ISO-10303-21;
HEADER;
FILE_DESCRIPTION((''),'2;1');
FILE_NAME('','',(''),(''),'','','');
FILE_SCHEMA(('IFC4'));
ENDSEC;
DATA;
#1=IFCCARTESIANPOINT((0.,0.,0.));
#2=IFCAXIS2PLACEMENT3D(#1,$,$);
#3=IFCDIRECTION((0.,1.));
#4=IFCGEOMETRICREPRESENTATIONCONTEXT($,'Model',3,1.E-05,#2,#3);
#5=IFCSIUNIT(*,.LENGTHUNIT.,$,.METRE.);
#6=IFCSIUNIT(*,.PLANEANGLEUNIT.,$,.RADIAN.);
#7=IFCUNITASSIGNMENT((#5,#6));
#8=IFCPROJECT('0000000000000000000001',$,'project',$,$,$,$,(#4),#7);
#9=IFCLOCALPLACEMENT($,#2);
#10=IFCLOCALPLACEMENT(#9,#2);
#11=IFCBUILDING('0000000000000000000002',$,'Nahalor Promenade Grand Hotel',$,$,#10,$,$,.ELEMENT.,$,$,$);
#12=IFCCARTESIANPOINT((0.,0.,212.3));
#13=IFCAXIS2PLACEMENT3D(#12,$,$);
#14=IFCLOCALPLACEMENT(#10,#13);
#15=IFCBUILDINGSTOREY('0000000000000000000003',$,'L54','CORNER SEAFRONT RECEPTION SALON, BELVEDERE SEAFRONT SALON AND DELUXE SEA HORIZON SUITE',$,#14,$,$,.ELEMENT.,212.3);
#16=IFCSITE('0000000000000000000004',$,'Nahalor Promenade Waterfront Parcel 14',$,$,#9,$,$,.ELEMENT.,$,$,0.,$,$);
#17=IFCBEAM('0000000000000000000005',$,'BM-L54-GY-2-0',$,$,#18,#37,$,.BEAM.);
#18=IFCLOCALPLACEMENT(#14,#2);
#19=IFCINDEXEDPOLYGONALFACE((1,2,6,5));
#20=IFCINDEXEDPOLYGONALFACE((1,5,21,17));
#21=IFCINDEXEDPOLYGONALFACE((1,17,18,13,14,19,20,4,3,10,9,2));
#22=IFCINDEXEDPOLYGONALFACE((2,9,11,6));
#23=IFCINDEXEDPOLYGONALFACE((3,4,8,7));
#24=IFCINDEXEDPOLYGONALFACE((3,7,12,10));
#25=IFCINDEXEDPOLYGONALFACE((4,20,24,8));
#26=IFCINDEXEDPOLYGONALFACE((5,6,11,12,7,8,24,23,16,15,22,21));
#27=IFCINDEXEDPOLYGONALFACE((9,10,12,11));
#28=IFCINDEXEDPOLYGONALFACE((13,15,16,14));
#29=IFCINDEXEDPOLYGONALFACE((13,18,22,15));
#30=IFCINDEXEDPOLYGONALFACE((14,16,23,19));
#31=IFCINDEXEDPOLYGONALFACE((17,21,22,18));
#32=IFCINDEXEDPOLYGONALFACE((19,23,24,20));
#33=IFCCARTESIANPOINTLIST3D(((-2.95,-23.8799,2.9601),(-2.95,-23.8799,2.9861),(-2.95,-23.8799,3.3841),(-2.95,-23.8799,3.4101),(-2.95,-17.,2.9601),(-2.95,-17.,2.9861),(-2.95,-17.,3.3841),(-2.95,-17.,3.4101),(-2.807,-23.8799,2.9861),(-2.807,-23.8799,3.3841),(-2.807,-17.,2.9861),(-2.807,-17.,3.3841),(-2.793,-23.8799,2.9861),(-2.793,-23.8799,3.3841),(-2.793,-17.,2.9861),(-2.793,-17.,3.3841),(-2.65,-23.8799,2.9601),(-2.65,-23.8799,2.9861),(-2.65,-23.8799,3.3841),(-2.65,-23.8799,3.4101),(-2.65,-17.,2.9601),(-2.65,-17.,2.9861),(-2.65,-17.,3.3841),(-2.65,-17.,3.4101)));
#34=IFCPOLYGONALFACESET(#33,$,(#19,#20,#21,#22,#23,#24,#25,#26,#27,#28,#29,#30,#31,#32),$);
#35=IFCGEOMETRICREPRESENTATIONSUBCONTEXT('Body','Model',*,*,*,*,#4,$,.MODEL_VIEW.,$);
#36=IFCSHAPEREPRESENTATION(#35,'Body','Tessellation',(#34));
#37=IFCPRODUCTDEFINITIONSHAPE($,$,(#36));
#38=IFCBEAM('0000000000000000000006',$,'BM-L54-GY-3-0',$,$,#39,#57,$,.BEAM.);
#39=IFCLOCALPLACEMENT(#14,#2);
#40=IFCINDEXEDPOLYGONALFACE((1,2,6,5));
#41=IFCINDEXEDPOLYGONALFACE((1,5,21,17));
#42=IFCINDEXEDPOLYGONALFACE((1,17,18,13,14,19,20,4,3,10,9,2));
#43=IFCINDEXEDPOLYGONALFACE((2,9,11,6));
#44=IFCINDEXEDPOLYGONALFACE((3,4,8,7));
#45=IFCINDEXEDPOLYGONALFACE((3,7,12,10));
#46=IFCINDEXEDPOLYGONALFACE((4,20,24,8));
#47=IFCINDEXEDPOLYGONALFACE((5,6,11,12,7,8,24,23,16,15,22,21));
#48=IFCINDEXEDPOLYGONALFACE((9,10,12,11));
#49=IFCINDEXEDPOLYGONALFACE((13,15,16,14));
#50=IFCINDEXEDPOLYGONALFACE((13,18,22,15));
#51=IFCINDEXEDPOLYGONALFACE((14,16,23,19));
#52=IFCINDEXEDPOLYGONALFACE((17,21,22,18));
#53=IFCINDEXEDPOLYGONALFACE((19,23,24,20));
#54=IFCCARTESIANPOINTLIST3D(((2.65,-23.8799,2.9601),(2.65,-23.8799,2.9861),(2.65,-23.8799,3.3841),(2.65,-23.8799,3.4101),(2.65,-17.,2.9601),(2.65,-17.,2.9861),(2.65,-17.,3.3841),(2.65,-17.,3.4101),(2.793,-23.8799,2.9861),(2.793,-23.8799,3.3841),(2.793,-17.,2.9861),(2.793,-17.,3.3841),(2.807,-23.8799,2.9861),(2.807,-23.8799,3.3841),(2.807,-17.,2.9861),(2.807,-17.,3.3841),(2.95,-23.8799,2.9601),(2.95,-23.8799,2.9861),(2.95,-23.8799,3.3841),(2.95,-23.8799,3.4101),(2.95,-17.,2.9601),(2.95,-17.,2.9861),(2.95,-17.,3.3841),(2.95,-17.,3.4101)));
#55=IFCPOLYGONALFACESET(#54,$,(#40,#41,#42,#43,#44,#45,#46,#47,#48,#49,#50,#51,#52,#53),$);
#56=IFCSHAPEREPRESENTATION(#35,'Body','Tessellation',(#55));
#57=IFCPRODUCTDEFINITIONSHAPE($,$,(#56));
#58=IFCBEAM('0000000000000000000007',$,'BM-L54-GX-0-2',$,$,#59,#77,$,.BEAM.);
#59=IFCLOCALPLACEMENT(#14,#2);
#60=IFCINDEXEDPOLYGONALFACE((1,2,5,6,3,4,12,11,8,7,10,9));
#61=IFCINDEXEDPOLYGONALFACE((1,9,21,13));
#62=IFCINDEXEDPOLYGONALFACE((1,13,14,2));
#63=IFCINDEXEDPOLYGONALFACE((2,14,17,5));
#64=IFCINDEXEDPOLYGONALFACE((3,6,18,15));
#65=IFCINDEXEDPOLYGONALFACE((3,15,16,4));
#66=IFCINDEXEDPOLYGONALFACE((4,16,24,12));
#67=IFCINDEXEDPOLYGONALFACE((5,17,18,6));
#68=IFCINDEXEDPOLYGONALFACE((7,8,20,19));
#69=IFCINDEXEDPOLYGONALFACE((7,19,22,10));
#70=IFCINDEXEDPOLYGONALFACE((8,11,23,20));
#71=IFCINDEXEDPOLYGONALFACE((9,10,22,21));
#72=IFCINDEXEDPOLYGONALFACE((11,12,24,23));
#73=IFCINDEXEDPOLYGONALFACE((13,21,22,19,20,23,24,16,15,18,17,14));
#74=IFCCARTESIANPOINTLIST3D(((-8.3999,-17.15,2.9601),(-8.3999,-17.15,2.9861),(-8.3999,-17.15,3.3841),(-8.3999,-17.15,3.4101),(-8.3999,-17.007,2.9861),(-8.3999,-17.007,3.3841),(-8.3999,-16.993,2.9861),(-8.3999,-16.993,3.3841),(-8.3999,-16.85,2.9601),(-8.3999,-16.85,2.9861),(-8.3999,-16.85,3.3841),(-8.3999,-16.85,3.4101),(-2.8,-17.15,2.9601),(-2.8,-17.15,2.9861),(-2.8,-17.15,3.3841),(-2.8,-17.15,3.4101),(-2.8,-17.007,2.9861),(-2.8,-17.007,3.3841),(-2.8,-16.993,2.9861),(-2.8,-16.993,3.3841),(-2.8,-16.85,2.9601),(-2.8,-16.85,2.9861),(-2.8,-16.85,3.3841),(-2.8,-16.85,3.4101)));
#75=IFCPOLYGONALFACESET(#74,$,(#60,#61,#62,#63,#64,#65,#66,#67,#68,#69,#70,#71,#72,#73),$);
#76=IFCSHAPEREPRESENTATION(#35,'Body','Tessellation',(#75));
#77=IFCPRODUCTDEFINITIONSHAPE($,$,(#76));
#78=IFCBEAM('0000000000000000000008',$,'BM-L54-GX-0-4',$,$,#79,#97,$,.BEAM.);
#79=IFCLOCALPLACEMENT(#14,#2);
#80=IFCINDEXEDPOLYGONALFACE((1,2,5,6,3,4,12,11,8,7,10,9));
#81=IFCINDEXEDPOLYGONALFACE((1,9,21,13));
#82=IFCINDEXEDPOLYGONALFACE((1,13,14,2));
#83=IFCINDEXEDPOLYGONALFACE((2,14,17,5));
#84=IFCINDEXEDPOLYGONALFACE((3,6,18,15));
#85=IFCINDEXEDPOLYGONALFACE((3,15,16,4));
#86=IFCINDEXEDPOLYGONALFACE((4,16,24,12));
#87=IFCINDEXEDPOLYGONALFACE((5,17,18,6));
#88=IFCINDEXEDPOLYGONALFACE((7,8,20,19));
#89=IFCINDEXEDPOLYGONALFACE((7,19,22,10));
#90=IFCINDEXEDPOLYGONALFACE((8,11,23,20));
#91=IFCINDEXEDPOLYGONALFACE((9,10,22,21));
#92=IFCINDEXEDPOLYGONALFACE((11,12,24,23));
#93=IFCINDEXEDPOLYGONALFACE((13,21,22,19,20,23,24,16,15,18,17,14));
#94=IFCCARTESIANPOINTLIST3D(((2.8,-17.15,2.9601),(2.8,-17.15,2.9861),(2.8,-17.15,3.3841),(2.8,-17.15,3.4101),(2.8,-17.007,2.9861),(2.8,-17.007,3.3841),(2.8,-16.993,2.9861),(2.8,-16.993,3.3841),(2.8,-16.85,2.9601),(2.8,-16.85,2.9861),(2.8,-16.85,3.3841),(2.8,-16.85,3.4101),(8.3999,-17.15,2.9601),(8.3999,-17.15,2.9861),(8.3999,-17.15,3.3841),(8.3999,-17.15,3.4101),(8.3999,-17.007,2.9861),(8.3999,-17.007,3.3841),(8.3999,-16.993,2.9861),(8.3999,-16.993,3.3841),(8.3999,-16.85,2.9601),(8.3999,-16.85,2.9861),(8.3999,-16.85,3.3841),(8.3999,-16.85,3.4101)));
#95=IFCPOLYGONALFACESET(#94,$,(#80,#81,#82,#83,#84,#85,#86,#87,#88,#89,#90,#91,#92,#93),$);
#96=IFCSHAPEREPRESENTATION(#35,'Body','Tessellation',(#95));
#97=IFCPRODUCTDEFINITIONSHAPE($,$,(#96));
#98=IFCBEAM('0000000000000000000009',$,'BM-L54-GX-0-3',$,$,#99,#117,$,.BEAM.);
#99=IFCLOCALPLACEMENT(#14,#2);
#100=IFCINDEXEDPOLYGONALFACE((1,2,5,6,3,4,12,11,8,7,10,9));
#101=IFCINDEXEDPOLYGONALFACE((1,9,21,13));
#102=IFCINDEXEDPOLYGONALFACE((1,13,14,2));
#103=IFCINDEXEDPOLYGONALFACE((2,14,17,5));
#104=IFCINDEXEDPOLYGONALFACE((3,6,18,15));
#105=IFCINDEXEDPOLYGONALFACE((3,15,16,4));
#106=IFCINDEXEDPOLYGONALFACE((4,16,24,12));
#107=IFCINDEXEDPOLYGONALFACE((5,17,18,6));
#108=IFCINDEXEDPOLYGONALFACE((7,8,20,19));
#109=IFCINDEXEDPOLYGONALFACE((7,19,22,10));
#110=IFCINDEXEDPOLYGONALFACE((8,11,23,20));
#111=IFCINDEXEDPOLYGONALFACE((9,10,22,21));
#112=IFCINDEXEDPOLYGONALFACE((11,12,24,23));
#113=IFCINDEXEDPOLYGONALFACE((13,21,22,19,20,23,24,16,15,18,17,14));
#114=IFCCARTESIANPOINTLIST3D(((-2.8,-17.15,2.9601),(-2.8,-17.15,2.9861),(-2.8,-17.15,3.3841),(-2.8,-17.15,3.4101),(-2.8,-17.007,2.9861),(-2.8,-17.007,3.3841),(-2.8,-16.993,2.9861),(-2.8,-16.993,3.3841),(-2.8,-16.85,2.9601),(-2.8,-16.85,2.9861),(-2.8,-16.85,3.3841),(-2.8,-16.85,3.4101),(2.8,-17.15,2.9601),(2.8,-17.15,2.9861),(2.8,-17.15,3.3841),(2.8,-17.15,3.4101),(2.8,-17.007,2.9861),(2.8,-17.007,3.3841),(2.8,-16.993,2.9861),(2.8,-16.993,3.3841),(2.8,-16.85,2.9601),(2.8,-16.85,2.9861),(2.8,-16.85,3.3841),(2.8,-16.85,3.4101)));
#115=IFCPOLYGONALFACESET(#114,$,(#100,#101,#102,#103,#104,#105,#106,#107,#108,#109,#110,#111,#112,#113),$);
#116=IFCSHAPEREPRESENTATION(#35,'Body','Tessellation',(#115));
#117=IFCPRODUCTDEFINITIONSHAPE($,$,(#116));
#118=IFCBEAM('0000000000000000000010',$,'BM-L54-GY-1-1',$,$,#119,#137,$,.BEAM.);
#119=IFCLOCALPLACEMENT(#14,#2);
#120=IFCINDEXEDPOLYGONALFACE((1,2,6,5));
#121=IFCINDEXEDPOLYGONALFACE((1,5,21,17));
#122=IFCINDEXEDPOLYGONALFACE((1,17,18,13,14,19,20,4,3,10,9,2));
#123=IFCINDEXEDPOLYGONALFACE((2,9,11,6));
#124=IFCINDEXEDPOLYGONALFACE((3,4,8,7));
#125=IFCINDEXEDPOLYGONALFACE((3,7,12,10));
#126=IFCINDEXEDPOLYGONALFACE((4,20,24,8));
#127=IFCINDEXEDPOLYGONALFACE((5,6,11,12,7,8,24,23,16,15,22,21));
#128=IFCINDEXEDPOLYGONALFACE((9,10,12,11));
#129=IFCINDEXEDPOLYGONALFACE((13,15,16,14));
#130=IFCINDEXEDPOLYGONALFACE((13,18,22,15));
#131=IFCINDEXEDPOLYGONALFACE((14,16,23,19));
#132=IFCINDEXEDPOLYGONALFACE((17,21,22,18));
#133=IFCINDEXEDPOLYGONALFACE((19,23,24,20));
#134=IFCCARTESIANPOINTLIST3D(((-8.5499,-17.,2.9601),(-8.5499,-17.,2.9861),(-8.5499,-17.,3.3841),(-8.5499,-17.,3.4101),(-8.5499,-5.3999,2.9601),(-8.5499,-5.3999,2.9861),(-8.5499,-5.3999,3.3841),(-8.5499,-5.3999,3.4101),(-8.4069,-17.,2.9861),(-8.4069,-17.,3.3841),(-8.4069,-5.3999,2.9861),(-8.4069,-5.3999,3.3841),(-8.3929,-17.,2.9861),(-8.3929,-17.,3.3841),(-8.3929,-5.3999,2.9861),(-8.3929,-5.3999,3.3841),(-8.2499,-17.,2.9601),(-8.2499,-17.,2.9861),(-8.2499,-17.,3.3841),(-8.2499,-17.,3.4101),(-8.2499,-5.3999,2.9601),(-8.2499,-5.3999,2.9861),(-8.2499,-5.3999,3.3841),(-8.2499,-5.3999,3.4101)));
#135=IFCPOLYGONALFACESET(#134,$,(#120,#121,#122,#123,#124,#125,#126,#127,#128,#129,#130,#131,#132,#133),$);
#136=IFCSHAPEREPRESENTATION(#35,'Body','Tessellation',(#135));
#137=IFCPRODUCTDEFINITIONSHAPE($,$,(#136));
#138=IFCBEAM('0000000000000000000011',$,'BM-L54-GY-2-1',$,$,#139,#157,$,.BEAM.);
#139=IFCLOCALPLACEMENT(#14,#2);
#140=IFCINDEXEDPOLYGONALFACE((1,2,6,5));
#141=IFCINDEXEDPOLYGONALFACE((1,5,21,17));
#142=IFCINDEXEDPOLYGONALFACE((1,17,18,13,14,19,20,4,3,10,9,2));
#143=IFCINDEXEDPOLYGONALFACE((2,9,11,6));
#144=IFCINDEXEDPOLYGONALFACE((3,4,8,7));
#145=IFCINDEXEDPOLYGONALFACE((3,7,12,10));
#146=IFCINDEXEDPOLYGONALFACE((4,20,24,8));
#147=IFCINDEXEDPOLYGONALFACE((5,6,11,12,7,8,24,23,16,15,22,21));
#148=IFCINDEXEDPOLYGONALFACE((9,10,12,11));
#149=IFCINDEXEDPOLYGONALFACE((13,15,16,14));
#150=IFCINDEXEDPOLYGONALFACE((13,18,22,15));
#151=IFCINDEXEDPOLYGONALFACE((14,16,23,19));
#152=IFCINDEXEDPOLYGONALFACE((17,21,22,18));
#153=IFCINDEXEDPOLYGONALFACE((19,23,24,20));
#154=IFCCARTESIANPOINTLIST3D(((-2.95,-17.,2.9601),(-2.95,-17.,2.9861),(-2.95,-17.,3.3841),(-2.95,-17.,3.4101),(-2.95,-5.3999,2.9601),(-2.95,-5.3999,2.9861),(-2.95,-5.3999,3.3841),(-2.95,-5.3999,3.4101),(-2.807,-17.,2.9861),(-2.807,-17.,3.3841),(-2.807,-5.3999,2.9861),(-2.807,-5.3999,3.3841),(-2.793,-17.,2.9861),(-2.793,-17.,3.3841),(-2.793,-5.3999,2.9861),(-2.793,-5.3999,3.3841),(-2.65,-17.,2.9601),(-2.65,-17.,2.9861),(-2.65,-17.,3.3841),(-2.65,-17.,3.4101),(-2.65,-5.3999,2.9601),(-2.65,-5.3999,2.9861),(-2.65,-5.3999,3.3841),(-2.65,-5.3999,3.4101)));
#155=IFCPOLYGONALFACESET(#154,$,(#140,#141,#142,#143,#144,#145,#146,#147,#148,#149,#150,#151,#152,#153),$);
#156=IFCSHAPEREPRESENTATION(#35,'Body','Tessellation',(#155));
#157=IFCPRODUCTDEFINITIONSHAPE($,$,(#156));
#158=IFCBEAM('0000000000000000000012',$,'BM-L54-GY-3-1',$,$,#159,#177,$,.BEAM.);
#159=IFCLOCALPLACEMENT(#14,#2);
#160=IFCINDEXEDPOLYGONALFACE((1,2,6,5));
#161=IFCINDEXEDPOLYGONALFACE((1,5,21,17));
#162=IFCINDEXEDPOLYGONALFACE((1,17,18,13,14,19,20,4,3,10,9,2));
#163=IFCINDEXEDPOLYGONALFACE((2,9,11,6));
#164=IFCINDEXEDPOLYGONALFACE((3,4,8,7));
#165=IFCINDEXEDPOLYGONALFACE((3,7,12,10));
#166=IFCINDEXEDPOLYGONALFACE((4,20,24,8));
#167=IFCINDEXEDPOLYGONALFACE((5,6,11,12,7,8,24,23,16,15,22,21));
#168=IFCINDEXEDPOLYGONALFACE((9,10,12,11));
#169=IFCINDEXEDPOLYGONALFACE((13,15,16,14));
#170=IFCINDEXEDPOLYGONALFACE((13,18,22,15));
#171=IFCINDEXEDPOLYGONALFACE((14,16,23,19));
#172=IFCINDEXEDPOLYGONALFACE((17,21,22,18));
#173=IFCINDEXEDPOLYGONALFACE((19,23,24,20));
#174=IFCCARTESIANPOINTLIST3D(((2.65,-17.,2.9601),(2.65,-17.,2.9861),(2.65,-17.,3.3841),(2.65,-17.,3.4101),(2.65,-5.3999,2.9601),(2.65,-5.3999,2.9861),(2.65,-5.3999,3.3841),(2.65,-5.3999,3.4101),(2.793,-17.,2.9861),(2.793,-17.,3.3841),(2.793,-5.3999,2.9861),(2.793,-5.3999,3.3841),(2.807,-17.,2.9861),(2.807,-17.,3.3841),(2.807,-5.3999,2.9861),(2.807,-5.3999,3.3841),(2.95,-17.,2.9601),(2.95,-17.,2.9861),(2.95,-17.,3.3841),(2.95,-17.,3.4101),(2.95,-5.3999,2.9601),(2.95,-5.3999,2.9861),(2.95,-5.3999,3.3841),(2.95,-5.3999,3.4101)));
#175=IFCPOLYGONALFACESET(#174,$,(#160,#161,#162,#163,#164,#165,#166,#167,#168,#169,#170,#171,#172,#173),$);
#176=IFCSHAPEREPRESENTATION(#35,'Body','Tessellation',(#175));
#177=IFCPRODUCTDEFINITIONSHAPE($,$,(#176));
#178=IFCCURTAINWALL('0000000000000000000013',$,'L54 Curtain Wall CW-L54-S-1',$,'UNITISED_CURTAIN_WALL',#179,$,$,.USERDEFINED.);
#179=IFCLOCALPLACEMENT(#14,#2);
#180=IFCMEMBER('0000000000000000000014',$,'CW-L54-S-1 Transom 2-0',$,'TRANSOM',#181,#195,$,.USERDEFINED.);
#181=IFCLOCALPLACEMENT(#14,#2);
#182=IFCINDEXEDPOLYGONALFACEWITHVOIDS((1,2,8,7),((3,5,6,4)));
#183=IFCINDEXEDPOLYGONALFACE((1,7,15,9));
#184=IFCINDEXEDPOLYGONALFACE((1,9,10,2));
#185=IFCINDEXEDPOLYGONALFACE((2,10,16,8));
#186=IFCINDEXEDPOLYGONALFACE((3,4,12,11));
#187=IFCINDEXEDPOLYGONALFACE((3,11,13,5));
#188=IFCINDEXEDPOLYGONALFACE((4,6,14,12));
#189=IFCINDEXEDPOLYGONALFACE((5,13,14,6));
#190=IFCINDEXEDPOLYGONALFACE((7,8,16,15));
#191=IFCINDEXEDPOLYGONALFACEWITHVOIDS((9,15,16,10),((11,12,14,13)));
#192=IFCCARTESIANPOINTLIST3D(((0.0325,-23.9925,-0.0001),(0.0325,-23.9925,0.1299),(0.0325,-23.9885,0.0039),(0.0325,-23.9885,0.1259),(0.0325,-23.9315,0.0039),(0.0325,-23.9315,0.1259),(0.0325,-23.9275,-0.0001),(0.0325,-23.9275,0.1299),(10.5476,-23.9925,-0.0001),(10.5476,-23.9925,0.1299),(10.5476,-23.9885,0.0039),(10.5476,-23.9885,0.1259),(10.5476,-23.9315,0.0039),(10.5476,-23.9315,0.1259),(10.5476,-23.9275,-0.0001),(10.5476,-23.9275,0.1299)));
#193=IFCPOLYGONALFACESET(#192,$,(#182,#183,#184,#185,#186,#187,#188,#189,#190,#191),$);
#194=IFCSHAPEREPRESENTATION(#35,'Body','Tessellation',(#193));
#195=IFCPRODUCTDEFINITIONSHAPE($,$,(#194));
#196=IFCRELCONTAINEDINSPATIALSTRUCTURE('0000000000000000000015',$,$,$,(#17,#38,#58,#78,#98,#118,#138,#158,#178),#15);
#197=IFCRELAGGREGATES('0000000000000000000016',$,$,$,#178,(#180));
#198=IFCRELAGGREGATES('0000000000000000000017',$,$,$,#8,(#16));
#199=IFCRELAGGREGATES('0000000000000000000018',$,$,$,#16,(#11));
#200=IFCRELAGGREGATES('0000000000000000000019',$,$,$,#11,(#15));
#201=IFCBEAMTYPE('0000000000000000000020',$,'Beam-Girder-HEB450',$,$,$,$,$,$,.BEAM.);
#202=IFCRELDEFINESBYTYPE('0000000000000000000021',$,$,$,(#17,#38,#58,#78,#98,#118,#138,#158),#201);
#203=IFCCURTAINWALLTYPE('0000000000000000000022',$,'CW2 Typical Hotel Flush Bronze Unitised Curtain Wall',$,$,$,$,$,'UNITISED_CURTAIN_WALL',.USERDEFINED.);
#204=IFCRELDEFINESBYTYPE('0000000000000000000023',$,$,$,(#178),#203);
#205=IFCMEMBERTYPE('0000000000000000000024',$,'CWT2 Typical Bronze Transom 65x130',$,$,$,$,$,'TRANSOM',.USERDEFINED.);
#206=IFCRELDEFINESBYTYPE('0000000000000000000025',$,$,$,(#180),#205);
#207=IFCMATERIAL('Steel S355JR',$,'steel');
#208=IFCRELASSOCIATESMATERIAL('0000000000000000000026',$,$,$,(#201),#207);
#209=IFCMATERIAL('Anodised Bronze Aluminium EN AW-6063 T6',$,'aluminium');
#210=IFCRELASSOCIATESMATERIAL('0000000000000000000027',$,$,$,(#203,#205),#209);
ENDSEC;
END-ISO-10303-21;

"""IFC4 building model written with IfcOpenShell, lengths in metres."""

from ifc_helpers import new_model, si_unit, direction, frame, origin, origin_2d, place, context, subcontext, project, spatial, hollow_rectangle, i_section, extrude, source, transform, mapped, material, material_profile, profile_set, type_object, element, aggregate, save


model = new_model("IFC4")

# Units and contexts
model_context = context("Model", 3, precision=1e-05, world=origin(), true_north=direction((0.0, 1.0)))
body_context = subcontext(model_context, "Body", "Model", "MODEL_VIEW")
ifc_project = project(units=[si_unit("LENGTHUNIT", "METRE"), si_unit("PLANEANGLEUNIT", "RADIAN")], contexts=[model_context])

# Site, building, storey
site_placement = place(None, origin())
site = spatial("IfcSite", under=ifc_project, at=site_placement, Name="Nahalor Promenade Waterfront Parcel 14", CompositionType="ELEMENT", RefElevation=0.0)
building_placement = place(site_placement, origin())
building = spatial("IfcBuilding", under=site, at=building_placement, Name="Nahalor Promenade Grand Hotel", CompositionType="ELEMENT")
storey_placement = place(building_placement, frame((0.0, 0.0, 212.3)))
storey = spatial("IfcBuildingStorey", under=building, at=storey_placement, Name="L54", Description="CORNER SEAFRONT RECEPTION SALON, BELVEDERE SEAFRONT SALON AND DELUXE SEA HORIZON SUITE", CompositionType="ELEMENT", Elevation=212.3)

# Shared definitions
ifc_material_1 = material(Name="Steel S355JR", Category="steel")

# Beams
ifc_material_profile_1 = material_profile(ifc_material_1, i_section(OverallWidth=0.3, OverallDepth=0.45, WebThickness=0.014, FlangeThickness=0.026, at=origin_2d()), Name="HEB 450")
ifc_profile_set_1 = profile_set([ifc_material_profile_1], Name="Steel S355JR")
beam_type_1 = type_object("IfcBeamType", Name="Beam-Girder-HEB450", PredefinedType="BEAM", material=ifc_profile_set_1)
shared_shape_1 = source(origin(), body_context, "Body", "SweptSolid", [
    extrude(i_section(OverallWidth=0.3, OverallDepth=0.45, WebThickness=0.014, FlangeThickness=0.026, at=origin_2d()), origin(), (0.0, 0.0, 1.0), 6.8799),
])
for number, where, z_axis, x_axis, name in (
    (1, (-2.8, -23.8799, 3.1851), (0.0, 1.0, 0.0), (-1.0, 0.0, 0.0), "BM-L54-GY-2-0"),
    (2, (2.8, -23.8799, 3.1851), (0.0, 1.0, 0.0), (-1.0, 0.0, 0.0), "BM-L54-GY-3-0"),
):
    element("IfcBeam", number, at=place(storey_placement, frame(where, z_axis=z_axis, x_axis=x_axis)), inside=storey, type_object=beam_type_1, Name=name, PredefinedType="BEAM", context=body_context, shape_type="MappedRepresentation", body=[
        mapped(shared_shape_1, transform((0.0, 0.0, 0.0), scale=1.0)),
    ])
shared_shape_2 = source(origin(), body_context, "Body", "SweptSolid", [
    extrude(i_section(OverallWidth=0.3, OverallDepth=0.45, WebThickness=0.014, FlangeThickness=0.026, at=origin_2d()), origin(), (0.0, 0.0, 1.0), 5.5999),
])
for number, where, z_axis, x_axis, name in (
    (3, (-8.3999, -17.0, 3.1851), (1.0, 0.0, 0.0), (0.0, 1.0, 0.0), "BM-L54-GX-0-2"),
    (4, (2.8, -17.0, 3.1851), (1.0, 0.0, 0.0), (0.0, 1.0, 0.0), "BM-L54-GX-0-4"),
):
    element("IfcBeam", number, at=place(storey_placement, frame(where, z_axis=z_axis, x_axis=x_axis)), inside=storey, type_object=beam_type_1, Name=name, PredefinedType="BEAM", context=body_context, shape_type="MappedRepresentation", body=[
        mapped(shared_shape_2, transform((0.0, 0.0, 0.0), scale=1.0)),
    ])
shared_shape_3 = source(origin(), body_context, "Body", "SweptSolid", [
    extrude(i_section(OverallWidth=0.3, OverallDepth=0.45, WebThickness=0.014, FlangeThickness=0.026, at=origin_2d()), origin(), (0.0, 0.0, 1.0), 5.6001),
])
beam_1_placement = place(storey_placement, frame((-2.8, -17.0, 3.1851), z_axis=(1.0, 0.0, 0.0), x_axis=(0.0, 1.0, 0.0)))
element("IfcBeam", 5, at=beam_1_placement, inside=storey, type_object=beam_type_1, Name="BM-L54-GX-0-3", PredefinedType="BEAM", context=body_context, shape_type="MappedRepresentation", body=[
    mapped(shared_shape_3, transform((0.0, 0.0, 0.0), scale=1.0)),
])
shared_shape_4 = source(origin(), body_context, "Body", "SweptSolid", [
    extrude(i_section(OverallWidth=0.3, OverallDepth=0.45, WebThickness=0.014, FlangeThickness=0.026, at=origin_2d()), origin(), (0.0, 0.0, 1.0), 11.6001),
])
for number, where, z_axis, x_axis, name in (
    (6, (-8.3999, -17.0, 3.1851), (0.0, 1.0, 0.0), (-1.0, 0.0, 0.0), "BM-L54-GY-1-1"),
    (7, (-2.8, -17.0, 3.1851), (0.0, 1.0, 0.0), (-1.0, 0.0, 0.0), "BM-L54-GY-2-1"),
    (8, (2.8, -17.0, 3.1851), (0.0, 1.0, 0.0), (-1.0, 0.0, 0.0), "BM-L54-GY-3-1"),
):
    element("IfcBeam", number, at=place(storey_placement, frame(where, z_axis=z_axis, x_axis=x_axis)), inside=storey, type_object=beam_type_1, Name=name, PredefinedType="BEAM", context=body_context, shape_type="MappedRepresentation", body=[
        mapped(shared_shape_4, transform((0.0, 0.0, 0.0), scale=1.0)),
    ])

# Curtain wall, member
ifc_material_2 = material(Name="Anodised Bronze Aluminium EN AW-6063 T6", Category="aluminium")
curtain_wall_type = type_object("IfcCurtainWallType", Name="CW2 Typical Hotel Flush Bronze Unitised Curtain Wall", ElementType="UNITISED_CURTAIN_WALL", PredefinedType="USERDEFINED", material=ifc_material_2)
curtain_wall_placement = place(storey_placement, origin())
curtain_wall = element("IfcCurtainWall", 9, at=curtain_wall_placement, inside=storey, type_object=curtain_wall_type, Name="L54 Curtain Wall CW-L54-S-1", ObjectType="UNITISED_CURTAIN_WALL", PredefinedType="USERDEFINED")
ifc_material_profile_2 = material_profile(ifc_material_2, hollow_rectangle(XDim=0.065, YDim=0.13, WallThickness=0.004, at=origin_2d()), Name="CWT 65x130x4")
ifc_profile_set_2 = profile_set([ifc_material_profile_2], Name="Anodised Bronze Aluminium EN AW-6063 T6")
member_type_1 = type_object("IfcMemberType", Name="CWT2 Typical Bronze Transom 65x130", ElementType="TRANSOM", PredefinedType="USERDEFINED", material=ifc_profile_set_2)
shared_shape_5 = source(origin(), body_context, "Body", "SweptSolid", [
    extrude(hollow_rectangle(XDim=0.065, YDim=0.13, WallThickness=0.004, at=origin_2d()), origin(), (0.0, 0.0, 1.0), 10.5151),
])
member_1_placement = place(storey_placement, frame((0.0325, -23.96, 0.0649), z_axis=(1.0, 0.0, 0.0), x_axis=(0.0, 1.0, 0.0)))
member_1 = element("IfcMember", 10, at=member_1_placement, type_object=member_type_1, Name="CW-L54-S-1 Transom 2-0", ObjectType="TRANSOM", PredefinedType="USERDEFINED", context=body_context, shape_type="MappedRepresentation", body=[
    mapped(shared_shape_5, transform((0.0, 0.0, 0.0), scale=1.0)),
])
aggregate(curtain_wall, [member_1])

save(model, "model.ifc")
